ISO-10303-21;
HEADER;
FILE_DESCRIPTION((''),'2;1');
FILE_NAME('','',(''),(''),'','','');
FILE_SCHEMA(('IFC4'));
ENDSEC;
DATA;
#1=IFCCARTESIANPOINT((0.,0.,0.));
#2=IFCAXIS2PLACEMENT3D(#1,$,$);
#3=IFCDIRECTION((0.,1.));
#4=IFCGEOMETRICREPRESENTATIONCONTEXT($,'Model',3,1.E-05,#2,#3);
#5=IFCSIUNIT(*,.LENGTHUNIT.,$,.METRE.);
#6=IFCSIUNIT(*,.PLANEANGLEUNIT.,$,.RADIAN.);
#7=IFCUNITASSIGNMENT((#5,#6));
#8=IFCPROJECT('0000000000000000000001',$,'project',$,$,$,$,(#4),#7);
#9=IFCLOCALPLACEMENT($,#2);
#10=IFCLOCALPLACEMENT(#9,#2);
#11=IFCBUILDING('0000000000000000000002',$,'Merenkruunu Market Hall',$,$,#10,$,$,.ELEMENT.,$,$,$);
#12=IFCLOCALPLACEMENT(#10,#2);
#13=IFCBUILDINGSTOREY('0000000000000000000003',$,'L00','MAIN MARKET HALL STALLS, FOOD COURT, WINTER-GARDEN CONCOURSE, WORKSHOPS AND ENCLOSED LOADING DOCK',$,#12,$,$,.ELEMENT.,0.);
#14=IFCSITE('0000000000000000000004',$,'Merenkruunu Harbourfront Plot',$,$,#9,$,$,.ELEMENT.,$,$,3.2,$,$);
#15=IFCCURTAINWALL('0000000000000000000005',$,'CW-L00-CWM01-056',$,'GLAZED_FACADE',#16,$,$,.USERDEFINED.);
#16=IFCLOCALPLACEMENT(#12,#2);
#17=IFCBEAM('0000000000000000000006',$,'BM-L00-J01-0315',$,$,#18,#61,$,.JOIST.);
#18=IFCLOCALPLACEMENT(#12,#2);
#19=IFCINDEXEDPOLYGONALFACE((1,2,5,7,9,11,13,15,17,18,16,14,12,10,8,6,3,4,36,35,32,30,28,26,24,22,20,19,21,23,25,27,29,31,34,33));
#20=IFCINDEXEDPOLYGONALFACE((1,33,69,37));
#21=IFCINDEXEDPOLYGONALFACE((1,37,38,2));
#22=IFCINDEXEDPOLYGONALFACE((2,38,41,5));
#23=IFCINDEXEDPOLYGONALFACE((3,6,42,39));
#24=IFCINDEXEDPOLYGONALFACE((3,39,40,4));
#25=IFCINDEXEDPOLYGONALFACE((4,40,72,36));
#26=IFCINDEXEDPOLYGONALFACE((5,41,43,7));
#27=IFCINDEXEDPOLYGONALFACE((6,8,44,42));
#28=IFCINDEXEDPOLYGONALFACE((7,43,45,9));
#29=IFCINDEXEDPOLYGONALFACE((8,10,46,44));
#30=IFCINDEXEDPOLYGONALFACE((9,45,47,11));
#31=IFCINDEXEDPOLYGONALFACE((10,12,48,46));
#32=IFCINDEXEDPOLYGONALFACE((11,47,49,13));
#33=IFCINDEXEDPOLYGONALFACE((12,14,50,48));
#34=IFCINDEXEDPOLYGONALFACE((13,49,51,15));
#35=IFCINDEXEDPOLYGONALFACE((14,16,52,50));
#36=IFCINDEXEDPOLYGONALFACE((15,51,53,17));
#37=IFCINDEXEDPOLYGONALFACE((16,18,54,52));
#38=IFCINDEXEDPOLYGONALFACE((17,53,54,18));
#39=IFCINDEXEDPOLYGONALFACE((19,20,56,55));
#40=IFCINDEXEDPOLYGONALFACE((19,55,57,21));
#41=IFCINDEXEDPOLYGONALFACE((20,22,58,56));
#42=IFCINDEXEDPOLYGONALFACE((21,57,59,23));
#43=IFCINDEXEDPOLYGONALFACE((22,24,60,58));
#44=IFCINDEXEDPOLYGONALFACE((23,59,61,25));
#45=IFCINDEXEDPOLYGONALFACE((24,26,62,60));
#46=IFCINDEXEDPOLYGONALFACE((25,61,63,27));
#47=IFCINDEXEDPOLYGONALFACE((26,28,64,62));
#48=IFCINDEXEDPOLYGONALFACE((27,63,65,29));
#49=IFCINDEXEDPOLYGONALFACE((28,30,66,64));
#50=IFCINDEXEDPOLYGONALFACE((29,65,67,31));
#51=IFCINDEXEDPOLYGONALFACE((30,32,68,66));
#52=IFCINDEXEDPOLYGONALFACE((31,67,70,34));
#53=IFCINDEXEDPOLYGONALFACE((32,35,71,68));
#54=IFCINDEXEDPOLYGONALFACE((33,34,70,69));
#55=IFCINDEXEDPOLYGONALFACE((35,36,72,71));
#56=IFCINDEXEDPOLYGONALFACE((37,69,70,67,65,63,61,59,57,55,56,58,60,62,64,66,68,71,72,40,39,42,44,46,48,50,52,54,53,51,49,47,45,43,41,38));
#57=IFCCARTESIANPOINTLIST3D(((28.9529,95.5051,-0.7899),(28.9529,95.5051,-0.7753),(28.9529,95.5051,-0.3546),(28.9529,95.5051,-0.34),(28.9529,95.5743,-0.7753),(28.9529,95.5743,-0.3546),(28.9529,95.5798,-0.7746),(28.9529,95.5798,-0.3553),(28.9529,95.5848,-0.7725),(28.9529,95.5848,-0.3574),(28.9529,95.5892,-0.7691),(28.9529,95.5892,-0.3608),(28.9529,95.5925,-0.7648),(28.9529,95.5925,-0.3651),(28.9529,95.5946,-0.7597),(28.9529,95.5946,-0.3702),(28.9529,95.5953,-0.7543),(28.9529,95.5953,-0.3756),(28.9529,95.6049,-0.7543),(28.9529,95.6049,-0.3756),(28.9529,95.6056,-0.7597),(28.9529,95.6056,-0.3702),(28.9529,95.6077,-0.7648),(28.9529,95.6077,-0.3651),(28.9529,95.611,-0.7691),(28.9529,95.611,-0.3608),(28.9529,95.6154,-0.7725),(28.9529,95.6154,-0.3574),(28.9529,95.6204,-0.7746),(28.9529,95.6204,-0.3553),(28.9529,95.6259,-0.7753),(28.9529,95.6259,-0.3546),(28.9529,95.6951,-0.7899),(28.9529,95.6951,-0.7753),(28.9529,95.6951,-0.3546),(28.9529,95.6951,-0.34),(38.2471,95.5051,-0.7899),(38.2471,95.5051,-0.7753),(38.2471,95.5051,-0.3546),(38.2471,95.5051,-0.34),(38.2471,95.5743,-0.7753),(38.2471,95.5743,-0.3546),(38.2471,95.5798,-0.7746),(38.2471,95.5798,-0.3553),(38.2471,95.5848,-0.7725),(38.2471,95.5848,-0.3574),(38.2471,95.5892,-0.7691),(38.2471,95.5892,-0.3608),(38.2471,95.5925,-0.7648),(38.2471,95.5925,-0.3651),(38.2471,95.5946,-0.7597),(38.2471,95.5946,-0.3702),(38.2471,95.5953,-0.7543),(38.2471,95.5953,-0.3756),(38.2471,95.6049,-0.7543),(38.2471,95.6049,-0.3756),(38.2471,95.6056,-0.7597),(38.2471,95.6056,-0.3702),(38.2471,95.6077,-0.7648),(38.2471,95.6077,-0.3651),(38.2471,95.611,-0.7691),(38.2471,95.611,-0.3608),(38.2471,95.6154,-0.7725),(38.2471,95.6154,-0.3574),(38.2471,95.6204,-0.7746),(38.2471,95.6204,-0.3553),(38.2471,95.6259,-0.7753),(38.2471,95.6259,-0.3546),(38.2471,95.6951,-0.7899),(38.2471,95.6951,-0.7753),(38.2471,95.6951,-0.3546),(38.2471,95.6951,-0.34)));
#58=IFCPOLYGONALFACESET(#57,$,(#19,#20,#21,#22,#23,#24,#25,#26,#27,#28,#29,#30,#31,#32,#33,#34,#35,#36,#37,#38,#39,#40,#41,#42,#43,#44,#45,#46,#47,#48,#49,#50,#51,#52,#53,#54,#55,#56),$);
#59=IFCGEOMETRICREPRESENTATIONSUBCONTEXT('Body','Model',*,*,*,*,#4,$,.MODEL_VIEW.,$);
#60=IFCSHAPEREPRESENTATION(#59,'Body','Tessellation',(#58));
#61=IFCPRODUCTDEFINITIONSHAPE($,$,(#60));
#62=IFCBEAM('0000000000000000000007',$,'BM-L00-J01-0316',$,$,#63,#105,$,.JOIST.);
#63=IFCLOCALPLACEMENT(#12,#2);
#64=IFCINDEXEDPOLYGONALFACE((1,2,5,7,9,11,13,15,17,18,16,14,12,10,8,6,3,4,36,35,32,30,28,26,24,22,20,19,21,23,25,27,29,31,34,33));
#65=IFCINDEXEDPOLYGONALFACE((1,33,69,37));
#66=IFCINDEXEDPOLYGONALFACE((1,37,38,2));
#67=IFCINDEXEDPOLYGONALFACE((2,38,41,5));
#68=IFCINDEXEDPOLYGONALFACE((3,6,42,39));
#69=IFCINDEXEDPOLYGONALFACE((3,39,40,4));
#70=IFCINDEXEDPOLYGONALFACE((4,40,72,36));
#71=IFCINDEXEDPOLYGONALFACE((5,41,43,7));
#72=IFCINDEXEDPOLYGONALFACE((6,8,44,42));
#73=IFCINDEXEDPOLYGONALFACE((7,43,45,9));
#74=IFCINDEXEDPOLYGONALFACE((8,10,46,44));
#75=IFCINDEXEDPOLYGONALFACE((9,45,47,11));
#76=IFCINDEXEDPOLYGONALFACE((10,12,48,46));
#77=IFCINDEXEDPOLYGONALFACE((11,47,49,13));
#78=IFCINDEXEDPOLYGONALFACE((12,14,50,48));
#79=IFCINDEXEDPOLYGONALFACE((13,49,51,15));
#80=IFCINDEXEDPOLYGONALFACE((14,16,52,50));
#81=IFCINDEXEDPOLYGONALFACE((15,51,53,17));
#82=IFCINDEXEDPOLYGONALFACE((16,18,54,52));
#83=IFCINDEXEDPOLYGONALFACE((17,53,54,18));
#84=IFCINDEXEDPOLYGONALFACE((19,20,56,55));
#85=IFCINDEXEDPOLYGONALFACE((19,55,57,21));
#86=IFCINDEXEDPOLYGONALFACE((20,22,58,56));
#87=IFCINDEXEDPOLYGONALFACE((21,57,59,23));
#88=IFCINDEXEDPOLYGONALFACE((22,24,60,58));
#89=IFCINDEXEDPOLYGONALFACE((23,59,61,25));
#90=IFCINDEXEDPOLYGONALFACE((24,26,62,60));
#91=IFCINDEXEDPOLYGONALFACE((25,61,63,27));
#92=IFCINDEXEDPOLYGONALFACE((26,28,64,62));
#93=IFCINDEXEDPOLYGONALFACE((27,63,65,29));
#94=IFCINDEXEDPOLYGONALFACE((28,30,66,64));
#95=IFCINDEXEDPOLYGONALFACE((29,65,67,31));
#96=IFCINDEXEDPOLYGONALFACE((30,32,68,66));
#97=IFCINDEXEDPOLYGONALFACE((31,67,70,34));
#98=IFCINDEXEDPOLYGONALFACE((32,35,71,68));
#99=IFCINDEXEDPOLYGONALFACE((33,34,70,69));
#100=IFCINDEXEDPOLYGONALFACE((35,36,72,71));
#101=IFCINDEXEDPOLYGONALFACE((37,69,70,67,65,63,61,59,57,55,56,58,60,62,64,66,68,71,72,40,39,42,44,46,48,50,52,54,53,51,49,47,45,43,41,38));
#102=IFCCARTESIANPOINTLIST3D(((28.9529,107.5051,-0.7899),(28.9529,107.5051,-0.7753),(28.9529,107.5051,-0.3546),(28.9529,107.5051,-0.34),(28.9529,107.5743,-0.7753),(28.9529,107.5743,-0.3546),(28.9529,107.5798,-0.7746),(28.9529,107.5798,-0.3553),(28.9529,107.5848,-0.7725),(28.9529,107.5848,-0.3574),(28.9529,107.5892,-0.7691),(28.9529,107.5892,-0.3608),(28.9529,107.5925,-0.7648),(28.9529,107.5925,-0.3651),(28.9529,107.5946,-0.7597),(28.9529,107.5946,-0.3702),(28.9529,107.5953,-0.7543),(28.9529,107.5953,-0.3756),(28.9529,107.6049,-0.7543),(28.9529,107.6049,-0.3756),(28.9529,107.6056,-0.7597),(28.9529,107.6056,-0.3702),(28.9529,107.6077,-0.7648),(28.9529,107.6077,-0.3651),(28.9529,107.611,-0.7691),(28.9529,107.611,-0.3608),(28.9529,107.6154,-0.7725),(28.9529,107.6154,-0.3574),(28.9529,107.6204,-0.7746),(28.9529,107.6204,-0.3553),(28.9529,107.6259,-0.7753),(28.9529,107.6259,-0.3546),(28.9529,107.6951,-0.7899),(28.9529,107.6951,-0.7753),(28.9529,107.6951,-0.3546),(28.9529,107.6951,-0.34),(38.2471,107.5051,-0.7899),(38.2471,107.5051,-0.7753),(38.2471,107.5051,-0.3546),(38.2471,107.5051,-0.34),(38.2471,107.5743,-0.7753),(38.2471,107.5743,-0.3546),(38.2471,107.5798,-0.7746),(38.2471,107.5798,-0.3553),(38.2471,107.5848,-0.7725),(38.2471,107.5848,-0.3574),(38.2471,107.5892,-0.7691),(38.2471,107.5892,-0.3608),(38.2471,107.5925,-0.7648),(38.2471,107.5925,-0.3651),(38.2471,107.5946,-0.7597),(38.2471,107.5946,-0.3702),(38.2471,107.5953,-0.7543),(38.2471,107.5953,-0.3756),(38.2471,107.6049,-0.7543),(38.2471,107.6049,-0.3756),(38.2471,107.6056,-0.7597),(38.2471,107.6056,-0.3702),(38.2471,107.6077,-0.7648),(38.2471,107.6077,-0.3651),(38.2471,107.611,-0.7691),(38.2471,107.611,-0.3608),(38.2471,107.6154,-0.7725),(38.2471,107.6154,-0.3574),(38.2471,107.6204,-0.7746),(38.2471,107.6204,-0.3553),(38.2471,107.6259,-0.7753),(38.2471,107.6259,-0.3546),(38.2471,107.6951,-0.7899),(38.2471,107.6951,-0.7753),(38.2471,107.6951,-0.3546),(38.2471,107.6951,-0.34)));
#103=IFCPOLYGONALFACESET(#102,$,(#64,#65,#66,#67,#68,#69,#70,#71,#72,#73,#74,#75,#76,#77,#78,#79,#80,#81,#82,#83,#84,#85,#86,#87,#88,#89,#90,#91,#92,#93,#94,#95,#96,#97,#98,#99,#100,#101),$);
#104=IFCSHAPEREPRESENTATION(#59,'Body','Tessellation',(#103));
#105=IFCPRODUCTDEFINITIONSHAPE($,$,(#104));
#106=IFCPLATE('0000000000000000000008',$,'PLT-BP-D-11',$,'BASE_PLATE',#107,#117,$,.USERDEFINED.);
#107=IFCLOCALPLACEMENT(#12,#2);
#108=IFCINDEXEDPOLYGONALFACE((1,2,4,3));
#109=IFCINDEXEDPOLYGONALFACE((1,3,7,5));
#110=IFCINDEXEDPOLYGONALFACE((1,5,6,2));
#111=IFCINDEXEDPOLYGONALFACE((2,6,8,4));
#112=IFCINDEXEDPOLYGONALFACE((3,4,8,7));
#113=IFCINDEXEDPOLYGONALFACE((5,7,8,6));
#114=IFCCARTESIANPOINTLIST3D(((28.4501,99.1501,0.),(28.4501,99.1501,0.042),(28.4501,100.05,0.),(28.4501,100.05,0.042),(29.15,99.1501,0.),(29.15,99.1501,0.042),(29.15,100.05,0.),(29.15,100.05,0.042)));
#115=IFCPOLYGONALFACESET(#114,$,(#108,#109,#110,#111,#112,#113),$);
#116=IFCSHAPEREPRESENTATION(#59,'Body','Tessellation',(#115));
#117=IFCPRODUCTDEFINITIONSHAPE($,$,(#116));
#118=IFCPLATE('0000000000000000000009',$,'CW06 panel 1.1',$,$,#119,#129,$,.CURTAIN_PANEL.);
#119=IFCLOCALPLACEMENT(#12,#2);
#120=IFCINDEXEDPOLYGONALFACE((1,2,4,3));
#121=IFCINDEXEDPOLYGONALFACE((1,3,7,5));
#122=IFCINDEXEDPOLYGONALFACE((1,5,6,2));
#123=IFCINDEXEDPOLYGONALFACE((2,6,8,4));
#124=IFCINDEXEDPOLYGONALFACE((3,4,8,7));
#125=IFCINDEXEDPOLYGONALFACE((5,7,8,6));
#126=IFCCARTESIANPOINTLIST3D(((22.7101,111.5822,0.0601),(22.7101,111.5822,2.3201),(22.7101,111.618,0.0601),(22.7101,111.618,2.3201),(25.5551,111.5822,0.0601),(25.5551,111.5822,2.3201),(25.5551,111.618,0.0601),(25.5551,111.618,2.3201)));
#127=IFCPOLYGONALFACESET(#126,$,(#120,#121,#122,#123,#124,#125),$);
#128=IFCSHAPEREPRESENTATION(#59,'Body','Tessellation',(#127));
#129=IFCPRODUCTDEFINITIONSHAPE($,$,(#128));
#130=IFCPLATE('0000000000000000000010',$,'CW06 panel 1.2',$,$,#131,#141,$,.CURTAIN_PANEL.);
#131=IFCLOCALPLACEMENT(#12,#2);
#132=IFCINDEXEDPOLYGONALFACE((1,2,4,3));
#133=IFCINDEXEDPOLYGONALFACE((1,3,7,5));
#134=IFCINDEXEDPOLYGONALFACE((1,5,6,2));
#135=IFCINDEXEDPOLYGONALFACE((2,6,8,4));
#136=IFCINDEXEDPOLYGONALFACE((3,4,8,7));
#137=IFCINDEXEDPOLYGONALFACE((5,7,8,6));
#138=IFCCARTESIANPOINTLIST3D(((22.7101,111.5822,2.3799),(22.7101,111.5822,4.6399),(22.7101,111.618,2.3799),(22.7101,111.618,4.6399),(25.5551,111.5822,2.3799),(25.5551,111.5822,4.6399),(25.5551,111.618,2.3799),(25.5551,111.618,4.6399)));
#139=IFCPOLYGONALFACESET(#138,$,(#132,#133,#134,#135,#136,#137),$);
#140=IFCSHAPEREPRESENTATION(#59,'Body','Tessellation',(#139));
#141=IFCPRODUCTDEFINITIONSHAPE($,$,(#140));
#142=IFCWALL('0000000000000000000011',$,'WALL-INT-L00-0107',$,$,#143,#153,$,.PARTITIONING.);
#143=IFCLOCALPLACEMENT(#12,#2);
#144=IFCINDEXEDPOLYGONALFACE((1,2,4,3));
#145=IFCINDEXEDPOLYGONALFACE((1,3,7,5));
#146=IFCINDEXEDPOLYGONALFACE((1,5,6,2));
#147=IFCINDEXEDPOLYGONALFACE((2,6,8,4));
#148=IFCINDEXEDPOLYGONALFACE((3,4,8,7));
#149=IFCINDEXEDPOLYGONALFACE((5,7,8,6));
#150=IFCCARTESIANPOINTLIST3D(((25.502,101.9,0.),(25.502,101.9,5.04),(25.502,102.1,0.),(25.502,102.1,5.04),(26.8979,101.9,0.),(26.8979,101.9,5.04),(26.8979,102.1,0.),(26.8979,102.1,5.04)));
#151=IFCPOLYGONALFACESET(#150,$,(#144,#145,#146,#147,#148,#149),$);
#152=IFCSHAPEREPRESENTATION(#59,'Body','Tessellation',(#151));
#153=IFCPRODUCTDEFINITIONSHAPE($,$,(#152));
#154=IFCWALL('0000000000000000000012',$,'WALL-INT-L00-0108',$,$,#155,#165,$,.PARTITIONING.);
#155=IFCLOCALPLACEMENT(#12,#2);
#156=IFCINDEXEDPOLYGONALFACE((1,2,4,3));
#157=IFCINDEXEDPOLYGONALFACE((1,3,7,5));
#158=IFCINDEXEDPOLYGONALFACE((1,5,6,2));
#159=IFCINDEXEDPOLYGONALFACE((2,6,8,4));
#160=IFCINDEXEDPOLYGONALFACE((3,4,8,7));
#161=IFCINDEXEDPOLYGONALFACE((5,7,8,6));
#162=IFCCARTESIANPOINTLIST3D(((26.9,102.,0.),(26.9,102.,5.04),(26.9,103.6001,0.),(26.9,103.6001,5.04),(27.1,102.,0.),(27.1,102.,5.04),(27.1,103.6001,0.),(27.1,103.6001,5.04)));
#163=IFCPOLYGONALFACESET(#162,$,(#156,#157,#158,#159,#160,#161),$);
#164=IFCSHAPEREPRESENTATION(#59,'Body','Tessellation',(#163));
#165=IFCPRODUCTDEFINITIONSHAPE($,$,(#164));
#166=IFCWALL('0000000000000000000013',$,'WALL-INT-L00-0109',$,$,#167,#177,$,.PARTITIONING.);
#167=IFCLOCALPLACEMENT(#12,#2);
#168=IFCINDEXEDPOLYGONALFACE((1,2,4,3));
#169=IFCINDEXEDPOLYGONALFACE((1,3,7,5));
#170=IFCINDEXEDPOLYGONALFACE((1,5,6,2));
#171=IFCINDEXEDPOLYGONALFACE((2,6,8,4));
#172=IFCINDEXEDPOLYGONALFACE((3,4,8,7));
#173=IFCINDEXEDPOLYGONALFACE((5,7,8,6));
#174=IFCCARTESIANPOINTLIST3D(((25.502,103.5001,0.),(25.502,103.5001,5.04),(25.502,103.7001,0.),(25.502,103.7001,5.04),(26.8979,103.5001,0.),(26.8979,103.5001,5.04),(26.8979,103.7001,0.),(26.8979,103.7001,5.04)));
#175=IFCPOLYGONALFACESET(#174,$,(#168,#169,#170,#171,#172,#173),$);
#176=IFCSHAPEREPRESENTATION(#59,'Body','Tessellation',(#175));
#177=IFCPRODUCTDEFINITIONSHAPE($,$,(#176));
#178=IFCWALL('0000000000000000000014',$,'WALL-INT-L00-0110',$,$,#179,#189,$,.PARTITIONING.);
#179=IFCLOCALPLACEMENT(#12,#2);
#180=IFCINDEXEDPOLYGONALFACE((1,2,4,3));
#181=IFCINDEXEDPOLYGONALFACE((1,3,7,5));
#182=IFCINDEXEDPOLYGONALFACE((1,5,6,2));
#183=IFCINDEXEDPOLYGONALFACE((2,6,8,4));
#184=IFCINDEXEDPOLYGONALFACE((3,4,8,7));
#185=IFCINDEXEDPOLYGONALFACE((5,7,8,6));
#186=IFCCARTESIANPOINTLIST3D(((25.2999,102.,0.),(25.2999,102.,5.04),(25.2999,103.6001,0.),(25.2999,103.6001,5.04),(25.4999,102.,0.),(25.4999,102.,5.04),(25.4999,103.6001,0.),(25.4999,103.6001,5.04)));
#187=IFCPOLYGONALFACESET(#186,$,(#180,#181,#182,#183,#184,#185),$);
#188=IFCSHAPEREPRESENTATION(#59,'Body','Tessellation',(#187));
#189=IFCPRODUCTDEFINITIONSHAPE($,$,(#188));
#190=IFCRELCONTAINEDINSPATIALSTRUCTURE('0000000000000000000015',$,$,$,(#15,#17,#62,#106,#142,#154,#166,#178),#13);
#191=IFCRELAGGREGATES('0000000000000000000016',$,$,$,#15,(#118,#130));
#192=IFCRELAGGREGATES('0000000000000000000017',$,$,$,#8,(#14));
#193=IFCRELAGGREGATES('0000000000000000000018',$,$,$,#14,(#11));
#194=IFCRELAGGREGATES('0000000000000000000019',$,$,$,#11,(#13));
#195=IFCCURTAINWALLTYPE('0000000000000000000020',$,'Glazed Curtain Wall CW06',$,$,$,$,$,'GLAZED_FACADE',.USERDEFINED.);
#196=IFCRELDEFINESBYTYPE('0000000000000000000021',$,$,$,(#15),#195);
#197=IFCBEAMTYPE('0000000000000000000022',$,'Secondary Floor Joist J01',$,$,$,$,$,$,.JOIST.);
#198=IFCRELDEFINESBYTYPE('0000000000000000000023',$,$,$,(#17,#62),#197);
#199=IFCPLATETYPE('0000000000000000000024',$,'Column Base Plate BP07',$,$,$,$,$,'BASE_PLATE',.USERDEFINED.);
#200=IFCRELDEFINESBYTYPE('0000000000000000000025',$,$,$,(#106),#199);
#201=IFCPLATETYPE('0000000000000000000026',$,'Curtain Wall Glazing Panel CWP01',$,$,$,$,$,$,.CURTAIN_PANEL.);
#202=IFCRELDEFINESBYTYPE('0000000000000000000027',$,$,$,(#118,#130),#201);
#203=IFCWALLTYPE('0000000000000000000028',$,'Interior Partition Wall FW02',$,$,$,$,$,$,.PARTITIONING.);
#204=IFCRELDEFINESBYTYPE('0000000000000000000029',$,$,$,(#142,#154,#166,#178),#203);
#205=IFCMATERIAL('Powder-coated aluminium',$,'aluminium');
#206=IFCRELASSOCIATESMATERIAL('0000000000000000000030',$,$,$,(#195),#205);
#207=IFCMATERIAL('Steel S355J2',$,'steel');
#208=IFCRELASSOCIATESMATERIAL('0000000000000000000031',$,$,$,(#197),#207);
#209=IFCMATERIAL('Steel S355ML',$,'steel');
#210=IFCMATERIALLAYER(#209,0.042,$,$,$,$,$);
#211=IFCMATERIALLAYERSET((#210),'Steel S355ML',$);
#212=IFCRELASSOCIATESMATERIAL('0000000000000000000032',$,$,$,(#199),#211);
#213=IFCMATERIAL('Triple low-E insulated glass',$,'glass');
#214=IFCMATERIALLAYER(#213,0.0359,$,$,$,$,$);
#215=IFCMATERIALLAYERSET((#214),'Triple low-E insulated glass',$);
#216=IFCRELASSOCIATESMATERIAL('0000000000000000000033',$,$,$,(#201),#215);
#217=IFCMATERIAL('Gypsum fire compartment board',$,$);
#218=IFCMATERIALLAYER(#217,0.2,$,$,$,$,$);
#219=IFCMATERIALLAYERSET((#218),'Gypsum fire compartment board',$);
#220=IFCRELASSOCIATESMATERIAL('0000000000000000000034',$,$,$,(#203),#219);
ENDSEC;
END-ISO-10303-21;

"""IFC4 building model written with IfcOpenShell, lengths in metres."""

from ifc_helpers import new_model, si_unit, direction, frame, frame_2d, origin, origin_2d, place, context, subcontext, project, spatial, rectangle, i_section, extrude, material, layer, layer_set, material_profile, profile_set, type_object, element, aggregate, save


model = new_model("IFC4")

# Units and contexts
model_context = context("Model", 3, precision=1e-05, world=origin(), true_north=direction((0.0, 1.0)))
body_context = subcontext(model_context, "Body", "Model", "MODEL_VIEW")
ifc_project = project(units=[si_unit("LENGTHUNIT", "METRE"), si_unit("PLANEANGLEUNIT", "RADIAN")], contexts=[model_context])

# Site, building, storey
site_placement = place(None, origin())
site = spatial("IfcSite", under=ifc_project, at=site_placement, Name="Merenkruunu Harbourfront Plot", CompositionType="ELEMENT", RefElevation=3.2)
building_placement = place(site_placement, origin())
building = spatial("IfcBuilding", under=site, at=building_placement, Name="Merenkruunu Market Hall", CompositionType="ELEMENT")
storey_placement = place(building_placement, origin())
storey = spatial("IfcBuildingStorey", under=building, at=storey_placement, Name="L00", Description="MAIN MARKET HALL STALLS, FOOD COURT, WINTER-GARDEN CONCOURSE, WORKSHOPS AND ENCLOSED LOADING DOCK", CompositionType="ELEMENT", Elevation=0.0)

# Shared definitions
ifc_material_1 = material(Name="Steel S355J2", Category="steel")

# Curtain wall
ifc_material_2 = material(Name="Powder-coated aluminium", Category="aluminium")
curtain_wall_type = type_object("IfcCurtainWallType", Name="Glazed Curtain Wall CW06", ElementType="GLAZED_FACADE", PredefinedType="USERDEFINED", material=ifc_material_2)
curtain_wall_placement = place(storey_placement, origin())
curtain_wall = element("IfcCurtainWall", 1, at=curtain_wall_placement, inside=storey, type_object=curtain_wall_type, Name="CW-L00-CWM01-056", ObjectType="GLAZED_FACADE", PredefinedType="USERDEFINED")

# Beams
ifc_material_profile_1 = material_profile(ifc_material_1, i_section(OverallWidth=0.1899, OverallDepth=0.45, WebThickness=0.0095, FlangeThickness=0.0146, FilletRadius=0.021, at=origin_2d()), Name="IPE 450")
ifc_profile_set_1 = profile_set([ifc_material_profile_1], Name="Steel S355J2")
beam_type_1 = type_object("IfcBeamType", Name="Secondary Floor Joist J01", PredefinedType="JOIST", material=ifc_profile_set_1)
for number, where, z_axis, x_axis, name in (
    (2, (28.9529, 95.6001, -0.5649), (1.0, 0.0, 0.0), (0.0, 1.0, 0.0), "BM-L00-J01-0315"),
    (3, (28.9529, 107.6001, -0.5649), (1.0, 0.0, 0.0), (0.0, 1.0, 0.0), "BM-L00-J01-0316"),
):
    element("IfcBeam", number, at=place(storey_placement, frame(where, z_axis=z_axis, x_axis=x_axis)), inside=storey, type_object=beam_type_1, Name=name, PredefinedType="JOIST", context=body_context, shape_type="SweptSolid", body=[
        extrude(i_section(OverallWidth=0.1899, OverallDepth=0.45, WebThickness=0.0095, FlangeThickness=0.0146, FilletRadius=0.021, at=origin_2d()), origin(), (0.0, 0.0, 1.0), 9.2942),
    ])

# Plates
ifc_material_3 = material(Name="Steel S355ML", Category="steel")
ifc_layer_1 = layer(ifc_material_3, 0.042)
ifc_layer_set_1 = layer_set([ifc_layer_1], Name="Steel S355ML")
plate_type_1 = type_object("IfcPlateType", Name="Column Base Plate BP07", ElementType="BASE_PLATE", PredefinedType="USERDEFINED", material=ifc_layer_set_1)
plate_1_placement = place(storey_placement, frame((28.8, 99.6001, 0.0), z_axis=(0.0, 0.0, 1.0), x_axis=(1.0, 0.0, 0.0)))
element("IfcPlate", 4, at=plate_1_placement, inside=storey, type_object=plate_type_1, Name="PLT-BP-D-11", ObjectType="BASE_PLATE", PredefinedType="USERDEFINED", context=body_context, shape_type="SweptSolid", body=[
    extrude(rectangle(XDim=0.7, YDim=0.8999, at=origin_2d()), origin(), (0.0, 0.0, 1.0), 0.042),
])
ifc_material_4 = material(Name="Triple low-E insulated glass", Category="glass")
ifc_layer_2 = layer(ifc_material_4, 0.0359)
ifc_layer_set_2 = layer_set([ifc_layer_2], Name="Triple low-E insulated glass")
plate_type_2 = type_object("IfcPlateType", Name="Curtain Wall Glazing Panel CWP01", PredefinedType="CURTAIN_PANEL", material=ifc_layer_set_2)
plate_2_placement = place(storey_placement, frame((24.1326, 111.6001, 0.0601), z_axis=(0.0, 0.0, 1.0), x_axis=(1.0, 0.0, 0.0)))
plate_2 = element("IfcPlate", 5, at=plate_2_placement, type_object=plate_type_2, Name="CW06 panel 1.1", PredefinedType="CURTAIN_PANEL", context=body_context, shape_type="SweptSolid", body=[
    extrude(rectangle(XDim=2.845, YDim=0.0359, at=origin_2d()), origin(), (0.0, 0.0, 1.0), 2.26),
])
plate_3_placement = place(storey_placement, frame((24.1326, 111.6001, 2.3799), z_axis=(0.0, 0.0, 1.0), x_axis=(1.0, 0.0, 0.0)))
plate_3 = element("IfcPlate", 6, at=plate_3_placement, type_object=plate_type_2, Name="CW06 panel 1.2", PredefinedType="CURTAIN_PANEL", context=body_context, shape_type="SweptSolid", body=[
    extrude(rectangle(XDim=2.845, YDim=0.0359, at=origin_2d()), origin(), (0.0, 0.0, 1.0), 2.26),
])
aggregate(curtain_wall, [plate_2, plate_3])

# Walls
ifc_material_5 = material(Name="Gypsum fire compartment board")
ifc_layer_3 = layer(ifc_material_5, 0.2)
ifc_layer_set_3 = layer_set([ifc_layer_3], Name="Gypsum fire compartment board")
wall_type_1 = type_object("IfcWallType", Name="Interior Partition Wall FW02", PredefinedType="PARTITIONING", material=ifc_layer_set_3)
wall_1_placement = place(storey_placement, frame((25.502, 102.0, 0.0), z_axis=(0.0, 0.0, 1.0), x_axis=(1.0, 0.0, 0.0)))
element("IfcWall", 7, at=wall_1_placement, inside=storey, type_object=wall_type_1, Name="WALL-INT-L00-0107", PredefinedType="PARTITIONING", context=body_context, shape_type="SweptSolid", body=[
    extrude(rectangle(XDim=1.396, YDim=0.2, at=frame_2d((0.698, 0.0))), origin(), (0.0, 0.0, 1.0), 5.04),
])
wall_2_placement = place(storey_placement, frame((27.0, 102.0, 0.0), z_axis=(0.0, 0.0, 1.0), x_axis=(0.0, 1.0, 0.0)))
element("IfcWall", 8, at=wall_2_placement, inside=storey, type_object=wall_type_1, Name="WALL-INT-L00-0108", PredefinedType="PARTITIONING", context=body_context, shape_type="SweptSolid", body=[
    extrude(rectangle(XDim=1.6001, YDim=0.2, at=frame_2d((0.8, 0.0))), origin(), (0.0, 0.0, 1.0), 5.04),
])
wall_3_placement = place(storey_placement, frame((26.8979, 103.6001, 0.0), z_axis=(0.0, 0.0, 1.0), x_axis=(-1.0, 0.0, 0.0)))
element("IfcWall", 9, at=wall_3_placement, inside=storey, type_object=wall_type_1, Name="WALL-INT-L00-0109", PredefinedType="PARTITIONING", context=body_context, shape_type="SweptSolid", body=[
    extrude(rectangle(XDim=1.396, YDim=0.2, at=frame_2d((0.698, 0.0))), origin(), (0.0, 0.0, 1.0), 5.04),
])
wall_4_placement = place(storey_placement, frame((25.3999, 103.6001, 0.0), z_axis=(0.0, 0.0, 1.0), x_axis=(0.0, -1.0, 0.0)))
element("IfcWall", 10, at=wall_4_placement, inside=storey, type_object=wall_type_1, Name="WALL-INT-L00-0110", PredefinedType="PARTITIONING", context=body_context, shape_type="SweptSolid", body=[
    extrude(rectangle(XDim=1.6001, YDim=0.2, at=frame_2d((0.8, 0.0))), origin(), (0.0, 0.0, 1.0), 5.04),
])

save(model, "model.ifc")
